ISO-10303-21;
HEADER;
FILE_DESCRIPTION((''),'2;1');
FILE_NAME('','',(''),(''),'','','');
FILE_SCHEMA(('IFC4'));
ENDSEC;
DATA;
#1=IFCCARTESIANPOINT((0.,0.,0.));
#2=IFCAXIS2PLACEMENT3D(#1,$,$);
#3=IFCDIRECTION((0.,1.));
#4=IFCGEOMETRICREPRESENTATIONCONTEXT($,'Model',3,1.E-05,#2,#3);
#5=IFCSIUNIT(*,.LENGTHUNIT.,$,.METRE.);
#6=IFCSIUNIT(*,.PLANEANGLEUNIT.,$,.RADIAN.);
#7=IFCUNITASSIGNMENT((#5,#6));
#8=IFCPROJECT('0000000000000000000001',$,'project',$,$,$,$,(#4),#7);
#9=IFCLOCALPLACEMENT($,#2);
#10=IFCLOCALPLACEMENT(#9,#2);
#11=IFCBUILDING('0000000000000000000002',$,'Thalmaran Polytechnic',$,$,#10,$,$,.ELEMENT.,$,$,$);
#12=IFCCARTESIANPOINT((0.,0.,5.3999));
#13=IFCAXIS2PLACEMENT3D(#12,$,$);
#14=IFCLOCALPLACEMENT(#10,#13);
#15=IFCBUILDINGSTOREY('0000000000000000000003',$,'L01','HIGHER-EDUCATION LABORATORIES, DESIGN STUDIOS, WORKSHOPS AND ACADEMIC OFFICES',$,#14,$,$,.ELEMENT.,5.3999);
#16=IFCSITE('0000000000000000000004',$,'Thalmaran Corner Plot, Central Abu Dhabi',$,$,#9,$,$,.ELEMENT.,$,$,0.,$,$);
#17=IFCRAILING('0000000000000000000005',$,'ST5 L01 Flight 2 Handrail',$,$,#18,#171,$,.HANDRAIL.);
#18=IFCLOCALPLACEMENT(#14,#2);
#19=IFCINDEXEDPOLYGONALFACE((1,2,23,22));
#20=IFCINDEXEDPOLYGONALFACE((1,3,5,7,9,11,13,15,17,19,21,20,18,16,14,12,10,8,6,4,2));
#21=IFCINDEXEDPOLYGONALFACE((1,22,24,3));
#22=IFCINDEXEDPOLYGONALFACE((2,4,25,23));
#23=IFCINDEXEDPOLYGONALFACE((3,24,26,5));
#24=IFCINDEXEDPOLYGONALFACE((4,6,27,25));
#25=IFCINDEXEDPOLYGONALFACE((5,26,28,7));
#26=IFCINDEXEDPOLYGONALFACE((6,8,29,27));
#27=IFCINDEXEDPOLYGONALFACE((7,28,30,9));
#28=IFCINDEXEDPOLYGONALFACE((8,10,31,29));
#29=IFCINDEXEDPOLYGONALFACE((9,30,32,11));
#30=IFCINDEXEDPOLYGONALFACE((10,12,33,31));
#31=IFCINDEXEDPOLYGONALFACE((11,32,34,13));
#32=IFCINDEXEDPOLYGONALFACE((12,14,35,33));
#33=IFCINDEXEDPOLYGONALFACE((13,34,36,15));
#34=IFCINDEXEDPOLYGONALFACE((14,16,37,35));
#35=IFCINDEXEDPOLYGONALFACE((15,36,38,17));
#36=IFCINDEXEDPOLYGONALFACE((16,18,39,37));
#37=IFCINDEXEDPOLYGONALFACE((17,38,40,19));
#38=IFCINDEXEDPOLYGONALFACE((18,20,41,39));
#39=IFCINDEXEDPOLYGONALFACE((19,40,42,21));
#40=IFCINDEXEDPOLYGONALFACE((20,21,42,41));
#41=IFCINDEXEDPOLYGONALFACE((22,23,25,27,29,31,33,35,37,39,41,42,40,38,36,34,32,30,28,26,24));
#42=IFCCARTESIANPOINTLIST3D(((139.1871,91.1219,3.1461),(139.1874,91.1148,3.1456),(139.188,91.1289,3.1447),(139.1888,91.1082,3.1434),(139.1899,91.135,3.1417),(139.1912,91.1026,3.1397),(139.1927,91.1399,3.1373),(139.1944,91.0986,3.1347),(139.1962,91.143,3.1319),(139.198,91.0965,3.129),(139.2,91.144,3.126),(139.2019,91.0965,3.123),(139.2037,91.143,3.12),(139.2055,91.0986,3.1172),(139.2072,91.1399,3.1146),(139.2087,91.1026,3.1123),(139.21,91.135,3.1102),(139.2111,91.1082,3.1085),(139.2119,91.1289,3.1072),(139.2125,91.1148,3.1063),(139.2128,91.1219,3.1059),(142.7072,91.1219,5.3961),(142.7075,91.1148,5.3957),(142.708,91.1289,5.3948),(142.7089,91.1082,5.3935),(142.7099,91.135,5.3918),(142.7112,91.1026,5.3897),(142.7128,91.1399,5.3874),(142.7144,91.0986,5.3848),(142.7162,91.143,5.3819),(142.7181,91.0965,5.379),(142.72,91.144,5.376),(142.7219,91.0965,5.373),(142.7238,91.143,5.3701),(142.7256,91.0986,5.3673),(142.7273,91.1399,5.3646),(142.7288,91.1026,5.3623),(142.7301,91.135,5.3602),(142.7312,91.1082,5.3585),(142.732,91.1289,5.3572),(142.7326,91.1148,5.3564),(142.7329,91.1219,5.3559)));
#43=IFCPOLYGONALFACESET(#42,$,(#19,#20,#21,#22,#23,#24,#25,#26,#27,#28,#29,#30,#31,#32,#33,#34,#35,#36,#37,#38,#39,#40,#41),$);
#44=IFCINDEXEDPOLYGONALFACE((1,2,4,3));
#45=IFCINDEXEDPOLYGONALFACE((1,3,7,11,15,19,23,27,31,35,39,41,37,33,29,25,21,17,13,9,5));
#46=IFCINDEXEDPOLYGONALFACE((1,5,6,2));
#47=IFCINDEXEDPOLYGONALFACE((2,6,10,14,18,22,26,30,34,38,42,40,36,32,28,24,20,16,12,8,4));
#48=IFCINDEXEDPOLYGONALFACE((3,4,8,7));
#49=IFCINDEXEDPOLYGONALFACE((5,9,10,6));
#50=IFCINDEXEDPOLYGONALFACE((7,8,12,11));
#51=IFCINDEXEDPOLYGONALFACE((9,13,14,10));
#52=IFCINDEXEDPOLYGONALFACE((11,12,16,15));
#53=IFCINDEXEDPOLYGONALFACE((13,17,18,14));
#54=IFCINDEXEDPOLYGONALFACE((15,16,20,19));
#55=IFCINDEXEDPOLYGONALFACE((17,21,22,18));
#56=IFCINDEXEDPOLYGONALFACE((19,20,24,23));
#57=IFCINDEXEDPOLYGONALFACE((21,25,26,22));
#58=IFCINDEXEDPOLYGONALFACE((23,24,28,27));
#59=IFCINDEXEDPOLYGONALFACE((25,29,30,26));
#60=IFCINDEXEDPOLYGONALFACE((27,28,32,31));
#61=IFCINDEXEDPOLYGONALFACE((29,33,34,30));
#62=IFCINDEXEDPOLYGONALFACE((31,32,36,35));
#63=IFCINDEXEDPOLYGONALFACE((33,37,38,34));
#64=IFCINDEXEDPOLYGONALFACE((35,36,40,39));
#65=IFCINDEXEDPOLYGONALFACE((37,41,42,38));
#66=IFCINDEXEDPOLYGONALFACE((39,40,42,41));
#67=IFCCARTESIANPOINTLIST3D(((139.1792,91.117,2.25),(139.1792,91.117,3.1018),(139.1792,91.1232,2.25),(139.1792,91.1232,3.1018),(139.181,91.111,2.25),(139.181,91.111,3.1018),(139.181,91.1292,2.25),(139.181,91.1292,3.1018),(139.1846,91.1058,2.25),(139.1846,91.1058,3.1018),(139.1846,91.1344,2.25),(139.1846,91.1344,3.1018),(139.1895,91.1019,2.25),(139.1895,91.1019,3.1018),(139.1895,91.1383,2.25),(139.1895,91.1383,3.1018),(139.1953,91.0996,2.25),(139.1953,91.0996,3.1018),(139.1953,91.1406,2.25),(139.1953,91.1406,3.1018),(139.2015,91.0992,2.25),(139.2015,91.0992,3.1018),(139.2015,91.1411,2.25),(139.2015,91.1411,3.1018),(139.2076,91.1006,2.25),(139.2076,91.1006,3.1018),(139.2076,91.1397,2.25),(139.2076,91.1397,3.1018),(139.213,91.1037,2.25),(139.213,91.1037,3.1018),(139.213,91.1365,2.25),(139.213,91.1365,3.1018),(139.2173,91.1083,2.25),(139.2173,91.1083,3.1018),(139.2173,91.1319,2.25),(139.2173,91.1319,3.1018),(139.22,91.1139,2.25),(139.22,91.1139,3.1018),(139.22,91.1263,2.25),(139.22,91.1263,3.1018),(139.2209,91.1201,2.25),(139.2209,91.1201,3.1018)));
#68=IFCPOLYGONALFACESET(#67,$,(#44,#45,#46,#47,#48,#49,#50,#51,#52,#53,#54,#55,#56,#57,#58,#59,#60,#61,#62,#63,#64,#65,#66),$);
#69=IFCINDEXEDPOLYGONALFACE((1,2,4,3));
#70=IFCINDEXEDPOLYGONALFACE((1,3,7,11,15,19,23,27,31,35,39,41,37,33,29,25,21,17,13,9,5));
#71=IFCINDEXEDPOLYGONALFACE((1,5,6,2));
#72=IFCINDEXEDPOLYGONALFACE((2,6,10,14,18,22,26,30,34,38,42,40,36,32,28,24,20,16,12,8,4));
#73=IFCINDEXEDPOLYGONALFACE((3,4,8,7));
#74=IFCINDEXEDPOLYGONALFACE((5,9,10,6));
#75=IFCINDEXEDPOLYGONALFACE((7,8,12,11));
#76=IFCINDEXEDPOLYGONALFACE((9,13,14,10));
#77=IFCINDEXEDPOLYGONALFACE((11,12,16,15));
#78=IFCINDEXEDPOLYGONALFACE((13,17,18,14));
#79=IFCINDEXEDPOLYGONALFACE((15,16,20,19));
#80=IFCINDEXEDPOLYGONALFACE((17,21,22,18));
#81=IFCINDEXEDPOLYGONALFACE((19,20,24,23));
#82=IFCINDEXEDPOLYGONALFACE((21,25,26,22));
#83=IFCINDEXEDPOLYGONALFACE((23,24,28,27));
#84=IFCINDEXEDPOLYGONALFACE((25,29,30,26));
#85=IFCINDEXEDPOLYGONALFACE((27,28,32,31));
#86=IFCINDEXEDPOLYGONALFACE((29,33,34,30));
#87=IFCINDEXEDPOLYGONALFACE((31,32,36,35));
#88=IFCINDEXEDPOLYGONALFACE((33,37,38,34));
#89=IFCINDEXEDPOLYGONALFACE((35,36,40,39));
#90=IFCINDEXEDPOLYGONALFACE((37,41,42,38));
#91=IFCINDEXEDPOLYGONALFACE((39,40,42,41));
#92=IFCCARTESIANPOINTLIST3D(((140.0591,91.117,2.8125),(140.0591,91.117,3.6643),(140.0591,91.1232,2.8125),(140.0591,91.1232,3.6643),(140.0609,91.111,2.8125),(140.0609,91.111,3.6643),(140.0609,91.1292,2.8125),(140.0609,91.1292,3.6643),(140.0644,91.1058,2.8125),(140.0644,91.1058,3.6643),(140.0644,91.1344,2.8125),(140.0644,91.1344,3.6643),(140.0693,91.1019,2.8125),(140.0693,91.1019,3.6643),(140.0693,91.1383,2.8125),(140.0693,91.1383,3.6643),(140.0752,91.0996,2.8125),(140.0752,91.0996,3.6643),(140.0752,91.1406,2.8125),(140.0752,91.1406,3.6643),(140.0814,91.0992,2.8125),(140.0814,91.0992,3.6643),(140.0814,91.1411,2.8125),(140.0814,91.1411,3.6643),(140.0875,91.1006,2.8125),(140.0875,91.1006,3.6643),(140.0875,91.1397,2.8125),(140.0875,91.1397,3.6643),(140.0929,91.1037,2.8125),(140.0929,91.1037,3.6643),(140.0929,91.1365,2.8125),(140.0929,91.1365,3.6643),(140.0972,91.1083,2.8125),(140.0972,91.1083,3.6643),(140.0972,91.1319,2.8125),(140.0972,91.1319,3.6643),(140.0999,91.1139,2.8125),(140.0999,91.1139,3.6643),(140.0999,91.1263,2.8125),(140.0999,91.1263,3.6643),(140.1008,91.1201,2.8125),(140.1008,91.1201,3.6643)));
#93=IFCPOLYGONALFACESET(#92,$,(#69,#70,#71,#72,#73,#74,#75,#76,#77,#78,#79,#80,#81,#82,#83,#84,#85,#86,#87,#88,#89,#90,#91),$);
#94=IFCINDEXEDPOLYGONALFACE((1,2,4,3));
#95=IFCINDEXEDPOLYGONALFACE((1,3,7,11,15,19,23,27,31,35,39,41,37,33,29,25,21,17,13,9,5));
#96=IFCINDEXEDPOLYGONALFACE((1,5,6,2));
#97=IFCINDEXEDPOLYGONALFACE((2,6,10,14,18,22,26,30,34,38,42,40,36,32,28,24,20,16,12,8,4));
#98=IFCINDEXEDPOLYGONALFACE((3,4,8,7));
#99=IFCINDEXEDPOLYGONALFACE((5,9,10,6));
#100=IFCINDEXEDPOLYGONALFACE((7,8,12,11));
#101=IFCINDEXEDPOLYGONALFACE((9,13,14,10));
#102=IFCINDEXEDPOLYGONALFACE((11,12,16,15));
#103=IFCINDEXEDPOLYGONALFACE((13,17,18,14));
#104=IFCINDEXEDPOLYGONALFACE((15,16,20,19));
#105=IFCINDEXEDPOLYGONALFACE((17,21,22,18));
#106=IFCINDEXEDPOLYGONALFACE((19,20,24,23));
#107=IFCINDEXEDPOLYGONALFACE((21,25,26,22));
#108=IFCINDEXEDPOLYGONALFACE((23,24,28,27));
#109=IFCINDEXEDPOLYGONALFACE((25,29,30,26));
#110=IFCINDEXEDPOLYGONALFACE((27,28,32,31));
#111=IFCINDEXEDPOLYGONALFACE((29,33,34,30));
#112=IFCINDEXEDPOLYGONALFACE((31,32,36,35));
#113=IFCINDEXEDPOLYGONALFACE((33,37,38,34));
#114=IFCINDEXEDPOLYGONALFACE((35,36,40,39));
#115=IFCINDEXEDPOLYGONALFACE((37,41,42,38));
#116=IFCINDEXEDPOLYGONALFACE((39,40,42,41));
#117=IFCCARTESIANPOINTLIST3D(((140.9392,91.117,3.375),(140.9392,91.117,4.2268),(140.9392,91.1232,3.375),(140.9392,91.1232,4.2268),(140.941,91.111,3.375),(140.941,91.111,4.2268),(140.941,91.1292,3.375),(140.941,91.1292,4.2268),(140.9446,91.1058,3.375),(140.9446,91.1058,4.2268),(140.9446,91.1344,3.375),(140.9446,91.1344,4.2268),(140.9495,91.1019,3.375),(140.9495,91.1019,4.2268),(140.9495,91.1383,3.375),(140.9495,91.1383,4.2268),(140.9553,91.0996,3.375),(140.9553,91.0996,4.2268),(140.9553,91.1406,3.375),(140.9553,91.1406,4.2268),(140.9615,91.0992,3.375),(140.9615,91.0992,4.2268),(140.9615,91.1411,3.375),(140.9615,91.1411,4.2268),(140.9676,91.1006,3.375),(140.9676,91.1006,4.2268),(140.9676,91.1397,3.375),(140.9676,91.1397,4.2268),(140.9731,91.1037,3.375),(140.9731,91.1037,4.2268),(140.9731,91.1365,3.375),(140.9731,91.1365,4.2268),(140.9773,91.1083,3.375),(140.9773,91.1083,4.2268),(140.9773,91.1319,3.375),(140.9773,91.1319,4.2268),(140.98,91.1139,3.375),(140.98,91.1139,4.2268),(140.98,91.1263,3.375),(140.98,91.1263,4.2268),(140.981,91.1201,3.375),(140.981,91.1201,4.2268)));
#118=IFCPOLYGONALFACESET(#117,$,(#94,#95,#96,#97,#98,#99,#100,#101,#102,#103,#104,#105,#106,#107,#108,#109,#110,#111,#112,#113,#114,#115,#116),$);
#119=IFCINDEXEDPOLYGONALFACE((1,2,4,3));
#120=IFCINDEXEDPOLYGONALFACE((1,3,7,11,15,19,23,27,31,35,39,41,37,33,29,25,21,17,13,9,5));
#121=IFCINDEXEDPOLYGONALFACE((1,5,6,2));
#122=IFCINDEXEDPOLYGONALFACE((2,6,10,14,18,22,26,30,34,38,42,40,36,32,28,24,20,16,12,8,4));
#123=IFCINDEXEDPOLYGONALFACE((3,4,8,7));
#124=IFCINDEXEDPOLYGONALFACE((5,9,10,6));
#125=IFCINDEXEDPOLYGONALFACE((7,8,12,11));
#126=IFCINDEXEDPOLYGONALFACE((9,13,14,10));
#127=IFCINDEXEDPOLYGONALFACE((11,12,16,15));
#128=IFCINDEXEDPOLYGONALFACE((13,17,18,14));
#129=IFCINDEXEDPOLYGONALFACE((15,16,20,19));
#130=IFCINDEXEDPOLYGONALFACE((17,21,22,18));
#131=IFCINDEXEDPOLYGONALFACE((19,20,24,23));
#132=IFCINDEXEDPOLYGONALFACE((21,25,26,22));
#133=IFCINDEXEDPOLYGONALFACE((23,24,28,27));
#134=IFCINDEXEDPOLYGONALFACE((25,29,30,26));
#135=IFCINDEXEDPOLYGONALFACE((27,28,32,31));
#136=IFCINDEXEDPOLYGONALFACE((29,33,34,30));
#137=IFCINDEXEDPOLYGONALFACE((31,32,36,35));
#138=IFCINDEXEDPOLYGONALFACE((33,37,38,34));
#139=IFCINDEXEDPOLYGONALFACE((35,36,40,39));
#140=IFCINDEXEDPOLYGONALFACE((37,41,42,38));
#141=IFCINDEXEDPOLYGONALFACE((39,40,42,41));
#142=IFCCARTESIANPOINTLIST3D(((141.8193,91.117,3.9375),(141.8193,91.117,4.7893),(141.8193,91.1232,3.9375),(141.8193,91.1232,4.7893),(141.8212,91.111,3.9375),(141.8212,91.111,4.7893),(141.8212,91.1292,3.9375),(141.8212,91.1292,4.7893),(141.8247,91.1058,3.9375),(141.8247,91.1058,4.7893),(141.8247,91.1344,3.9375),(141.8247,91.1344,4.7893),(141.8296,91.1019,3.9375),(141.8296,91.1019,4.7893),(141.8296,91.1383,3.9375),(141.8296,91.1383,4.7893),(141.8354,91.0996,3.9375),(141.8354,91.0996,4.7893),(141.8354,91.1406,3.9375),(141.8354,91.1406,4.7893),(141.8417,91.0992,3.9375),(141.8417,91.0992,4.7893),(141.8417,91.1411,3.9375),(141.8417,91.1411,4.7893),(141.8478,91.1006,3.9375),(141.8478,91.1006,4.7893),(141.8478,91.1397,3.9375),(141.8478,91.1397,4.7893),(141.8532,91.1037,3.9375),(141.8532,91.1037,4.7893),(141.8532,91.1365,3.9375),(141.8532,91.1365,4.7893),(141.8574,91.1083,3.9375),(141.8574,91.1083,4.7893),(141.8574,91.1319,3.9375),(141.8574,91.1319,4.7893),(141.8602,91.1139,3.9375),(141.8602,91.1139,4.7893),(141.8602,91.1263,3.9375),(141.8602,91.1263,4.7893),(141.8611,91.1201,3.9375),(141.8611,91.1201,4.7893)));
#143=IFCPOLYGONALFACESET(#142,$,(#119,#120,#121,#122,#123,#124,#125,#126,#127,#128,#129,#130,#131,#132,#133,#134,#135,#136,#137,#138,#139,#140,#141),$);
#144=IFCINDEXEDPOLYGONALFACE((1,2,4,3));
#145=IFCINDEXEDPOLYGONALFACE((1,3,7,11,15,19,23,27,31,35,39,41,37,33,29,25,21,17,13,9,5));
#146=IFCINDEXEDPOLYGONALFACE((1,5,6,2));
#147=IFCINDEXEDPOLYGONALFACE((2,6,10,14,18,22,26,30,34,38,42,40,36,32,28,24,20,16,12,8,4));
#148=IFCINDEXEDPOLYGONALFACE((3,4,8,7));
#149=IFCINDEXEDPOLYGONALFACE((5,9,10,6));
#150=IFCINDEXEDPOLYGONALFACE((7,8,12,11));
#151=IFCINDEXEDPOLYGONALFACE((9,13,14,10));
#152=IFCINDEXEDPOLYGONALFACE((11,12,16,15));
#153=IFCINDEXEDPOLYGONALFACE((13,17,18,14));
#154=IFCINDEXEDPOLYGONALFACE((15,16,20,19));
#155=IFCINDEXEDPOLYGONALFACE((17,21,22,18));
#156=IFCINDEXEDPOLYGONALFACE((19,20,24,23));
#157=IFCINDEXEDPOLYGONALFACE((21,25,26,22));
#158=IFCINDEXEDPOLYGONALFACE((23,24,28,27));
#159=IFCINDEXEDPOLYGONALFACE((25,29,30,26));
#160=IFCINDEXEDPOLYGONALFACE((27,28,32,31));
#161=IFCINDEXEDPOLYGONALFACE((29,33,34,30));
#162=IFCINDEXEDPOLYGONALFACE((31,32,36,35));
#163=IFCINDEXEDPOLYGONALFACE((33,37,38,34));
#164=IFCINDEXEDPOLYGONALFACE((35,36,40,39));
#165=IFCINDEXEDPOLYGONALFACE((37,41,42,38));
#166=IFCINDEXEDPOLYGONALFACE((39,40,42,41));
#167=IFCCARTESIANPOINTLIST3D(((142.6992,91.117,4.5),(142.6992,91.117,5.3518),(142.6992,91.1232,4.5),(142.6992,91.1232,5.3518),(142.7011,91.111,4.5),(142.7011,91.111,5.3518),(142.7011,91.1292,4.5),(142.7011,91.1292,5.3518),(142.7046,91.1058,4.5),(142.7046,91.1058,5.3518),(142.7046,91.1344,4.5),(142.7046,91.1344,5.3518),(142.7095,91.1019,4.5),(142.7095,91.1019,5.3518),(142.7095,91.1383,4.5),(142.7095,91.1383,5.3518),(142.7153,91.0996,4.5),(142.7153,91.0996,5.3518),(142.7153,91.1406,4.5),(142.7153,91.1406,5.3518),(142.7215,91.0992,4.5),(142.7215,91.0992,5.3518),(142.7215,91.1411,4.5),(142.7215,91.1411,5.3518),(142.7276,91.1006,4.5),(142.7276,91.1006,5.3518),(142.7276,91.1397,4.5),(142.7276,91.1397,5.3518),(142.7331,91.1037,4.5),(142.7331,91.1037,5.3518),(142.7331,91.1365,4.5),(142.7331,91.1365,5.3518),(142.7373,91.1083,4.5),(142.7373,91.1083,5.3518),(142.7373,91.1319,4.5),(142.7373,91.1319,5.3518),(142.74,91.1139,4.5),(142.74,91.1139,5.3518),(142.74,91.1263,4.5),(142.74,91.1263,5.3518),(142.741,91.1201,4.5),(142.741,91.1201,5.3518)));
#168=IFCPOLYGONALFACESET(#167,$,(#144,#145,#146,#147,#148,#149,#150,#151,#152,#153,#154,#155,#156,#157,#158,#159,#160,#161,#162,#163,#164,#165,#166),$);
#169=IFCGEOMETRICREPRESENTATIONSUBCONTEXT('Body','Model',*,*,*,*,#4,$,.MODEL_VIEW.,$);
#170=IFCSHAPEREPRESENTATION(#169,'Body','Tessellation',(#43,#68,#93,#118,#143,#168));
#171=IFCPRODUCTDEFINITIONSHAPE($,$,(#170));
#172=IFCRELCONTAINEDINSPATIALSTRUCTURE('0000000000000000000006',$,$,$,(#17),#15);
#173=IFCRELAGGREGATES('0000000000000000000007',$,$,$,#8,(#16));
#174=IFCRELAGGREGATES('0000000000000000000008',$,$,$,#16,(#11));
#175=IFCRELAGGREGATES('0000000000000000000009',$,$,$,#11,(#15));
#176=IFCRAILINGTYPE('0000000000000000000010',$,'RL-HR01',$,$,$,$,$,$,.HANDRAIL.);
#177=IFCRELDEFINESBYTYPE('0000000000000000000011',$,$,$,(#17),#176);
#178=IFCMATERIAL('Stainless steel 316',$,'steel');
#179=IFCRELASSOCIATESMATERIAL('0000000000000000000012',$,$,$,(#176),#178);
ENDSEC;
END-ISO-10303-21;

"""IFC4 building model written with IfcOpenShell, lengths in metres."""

from ifc_helpers import new_model, si_unit, direction, frame, origin, origin_2d, place, context, subcontext, project, spatial, circle, extrude, material, type_object, element, save


model = new_model("IFC4")

# Units and contexts
model_context = context("Model", 3, precision=1e-05, world=origin(), true_north=direction((0.0, 1.0)))
body_context = subcontext(model_context, "Body", "Model", "MODEL_VIEW")
ifc_project = project(units=[si_unit("LENGTHUNIT", "METRE"), si_unit("PLANEANGLEUNIT", "RADIAN")], contexts=[model_context])

# Site, building, storey
site_placement = place(None, origin())
site = spatial("IfcSite", under=ifc_project, at=site_placement, Name="Thalmaran Corner Plot, Central Abu Dhabi", CompositionType="ELEMENT", RefElevation=0.0)
building_placement = place(site_placement, origin())
building = spatial("IfcBuilding", under=site, at=building_placement, Name="Thalmaran Polytechnic", CompositionType="ELEMENT")
storey_placement = place(building_placement, frame((0.0, 0.0, 5.3999)))
storey = spatial("IfcBuildingStorey", under=building, at=storey_placement, Name="L01", Description="HIGHER-EDUCATION LABORATORIES, DESIGN STUDIOS, WORKSHOPS AND ACADEMIC OFFICES", CompositionType="ELEMENT", Elevation=5.3999)

# Railing
ifc_material_1 = material(Name="Stainless steel 316", Category="steel")
railing_type_1 = type_object("IfcRailingType", Name="RL-HR01", PredefinedType="HANDRAIL", material=ifc_material_1)
railing_1_placement = place(storey_placement, frame((139.2, 91.1201, 2.25)))
element("IfcRailing", 1, at=railing_1_placement, inside=storey, type_object=railing_type_1, Name="ST5 L01 Flight 2 Handrail", PredefinedType="HANDRAIL", context=body_context, shape_type="SweptSolid", body=[
    extrude(circle(Radius=0.0239, at=origin_2d()), frame((0.0, 0.0, 0.876), z_axis=(0.842577, 0.0, 0.538576), x_axis=(0.0, 1.0, 0.0)), (0.0, 0.0, 1.0), 4.1777),
    extrude(circle(Radius=0.021, at=origin_2d()), origin(), (0.0, 0.0, 1.0), 0.8518),
    extrude(circle(Radius=0.021, at=origin_2d()), frame((0.8799, 0.0, 0.5625)), (0.0, 0.0, 1.0), 0.8518),
    extrude(circle(Radius=0.021, at=origin_2d()), frame((1.76, 0.0, 1.125)), (0.0, 0.0, 1.0), 0.8518),
    extrude(circle(Radius=0.021, at=origin_2d()), frame((2.6401, 0.0, 1.6875)), (0.0, 0.0, 1.0), 0.8518),
    extrude(circle(Radius=0.021, at=origin_2d()), frame((3.52, 0.0, 2.25)), (0.0, 0.0, 1.0), 0.8518),
])

save(model, "model.ifc")
